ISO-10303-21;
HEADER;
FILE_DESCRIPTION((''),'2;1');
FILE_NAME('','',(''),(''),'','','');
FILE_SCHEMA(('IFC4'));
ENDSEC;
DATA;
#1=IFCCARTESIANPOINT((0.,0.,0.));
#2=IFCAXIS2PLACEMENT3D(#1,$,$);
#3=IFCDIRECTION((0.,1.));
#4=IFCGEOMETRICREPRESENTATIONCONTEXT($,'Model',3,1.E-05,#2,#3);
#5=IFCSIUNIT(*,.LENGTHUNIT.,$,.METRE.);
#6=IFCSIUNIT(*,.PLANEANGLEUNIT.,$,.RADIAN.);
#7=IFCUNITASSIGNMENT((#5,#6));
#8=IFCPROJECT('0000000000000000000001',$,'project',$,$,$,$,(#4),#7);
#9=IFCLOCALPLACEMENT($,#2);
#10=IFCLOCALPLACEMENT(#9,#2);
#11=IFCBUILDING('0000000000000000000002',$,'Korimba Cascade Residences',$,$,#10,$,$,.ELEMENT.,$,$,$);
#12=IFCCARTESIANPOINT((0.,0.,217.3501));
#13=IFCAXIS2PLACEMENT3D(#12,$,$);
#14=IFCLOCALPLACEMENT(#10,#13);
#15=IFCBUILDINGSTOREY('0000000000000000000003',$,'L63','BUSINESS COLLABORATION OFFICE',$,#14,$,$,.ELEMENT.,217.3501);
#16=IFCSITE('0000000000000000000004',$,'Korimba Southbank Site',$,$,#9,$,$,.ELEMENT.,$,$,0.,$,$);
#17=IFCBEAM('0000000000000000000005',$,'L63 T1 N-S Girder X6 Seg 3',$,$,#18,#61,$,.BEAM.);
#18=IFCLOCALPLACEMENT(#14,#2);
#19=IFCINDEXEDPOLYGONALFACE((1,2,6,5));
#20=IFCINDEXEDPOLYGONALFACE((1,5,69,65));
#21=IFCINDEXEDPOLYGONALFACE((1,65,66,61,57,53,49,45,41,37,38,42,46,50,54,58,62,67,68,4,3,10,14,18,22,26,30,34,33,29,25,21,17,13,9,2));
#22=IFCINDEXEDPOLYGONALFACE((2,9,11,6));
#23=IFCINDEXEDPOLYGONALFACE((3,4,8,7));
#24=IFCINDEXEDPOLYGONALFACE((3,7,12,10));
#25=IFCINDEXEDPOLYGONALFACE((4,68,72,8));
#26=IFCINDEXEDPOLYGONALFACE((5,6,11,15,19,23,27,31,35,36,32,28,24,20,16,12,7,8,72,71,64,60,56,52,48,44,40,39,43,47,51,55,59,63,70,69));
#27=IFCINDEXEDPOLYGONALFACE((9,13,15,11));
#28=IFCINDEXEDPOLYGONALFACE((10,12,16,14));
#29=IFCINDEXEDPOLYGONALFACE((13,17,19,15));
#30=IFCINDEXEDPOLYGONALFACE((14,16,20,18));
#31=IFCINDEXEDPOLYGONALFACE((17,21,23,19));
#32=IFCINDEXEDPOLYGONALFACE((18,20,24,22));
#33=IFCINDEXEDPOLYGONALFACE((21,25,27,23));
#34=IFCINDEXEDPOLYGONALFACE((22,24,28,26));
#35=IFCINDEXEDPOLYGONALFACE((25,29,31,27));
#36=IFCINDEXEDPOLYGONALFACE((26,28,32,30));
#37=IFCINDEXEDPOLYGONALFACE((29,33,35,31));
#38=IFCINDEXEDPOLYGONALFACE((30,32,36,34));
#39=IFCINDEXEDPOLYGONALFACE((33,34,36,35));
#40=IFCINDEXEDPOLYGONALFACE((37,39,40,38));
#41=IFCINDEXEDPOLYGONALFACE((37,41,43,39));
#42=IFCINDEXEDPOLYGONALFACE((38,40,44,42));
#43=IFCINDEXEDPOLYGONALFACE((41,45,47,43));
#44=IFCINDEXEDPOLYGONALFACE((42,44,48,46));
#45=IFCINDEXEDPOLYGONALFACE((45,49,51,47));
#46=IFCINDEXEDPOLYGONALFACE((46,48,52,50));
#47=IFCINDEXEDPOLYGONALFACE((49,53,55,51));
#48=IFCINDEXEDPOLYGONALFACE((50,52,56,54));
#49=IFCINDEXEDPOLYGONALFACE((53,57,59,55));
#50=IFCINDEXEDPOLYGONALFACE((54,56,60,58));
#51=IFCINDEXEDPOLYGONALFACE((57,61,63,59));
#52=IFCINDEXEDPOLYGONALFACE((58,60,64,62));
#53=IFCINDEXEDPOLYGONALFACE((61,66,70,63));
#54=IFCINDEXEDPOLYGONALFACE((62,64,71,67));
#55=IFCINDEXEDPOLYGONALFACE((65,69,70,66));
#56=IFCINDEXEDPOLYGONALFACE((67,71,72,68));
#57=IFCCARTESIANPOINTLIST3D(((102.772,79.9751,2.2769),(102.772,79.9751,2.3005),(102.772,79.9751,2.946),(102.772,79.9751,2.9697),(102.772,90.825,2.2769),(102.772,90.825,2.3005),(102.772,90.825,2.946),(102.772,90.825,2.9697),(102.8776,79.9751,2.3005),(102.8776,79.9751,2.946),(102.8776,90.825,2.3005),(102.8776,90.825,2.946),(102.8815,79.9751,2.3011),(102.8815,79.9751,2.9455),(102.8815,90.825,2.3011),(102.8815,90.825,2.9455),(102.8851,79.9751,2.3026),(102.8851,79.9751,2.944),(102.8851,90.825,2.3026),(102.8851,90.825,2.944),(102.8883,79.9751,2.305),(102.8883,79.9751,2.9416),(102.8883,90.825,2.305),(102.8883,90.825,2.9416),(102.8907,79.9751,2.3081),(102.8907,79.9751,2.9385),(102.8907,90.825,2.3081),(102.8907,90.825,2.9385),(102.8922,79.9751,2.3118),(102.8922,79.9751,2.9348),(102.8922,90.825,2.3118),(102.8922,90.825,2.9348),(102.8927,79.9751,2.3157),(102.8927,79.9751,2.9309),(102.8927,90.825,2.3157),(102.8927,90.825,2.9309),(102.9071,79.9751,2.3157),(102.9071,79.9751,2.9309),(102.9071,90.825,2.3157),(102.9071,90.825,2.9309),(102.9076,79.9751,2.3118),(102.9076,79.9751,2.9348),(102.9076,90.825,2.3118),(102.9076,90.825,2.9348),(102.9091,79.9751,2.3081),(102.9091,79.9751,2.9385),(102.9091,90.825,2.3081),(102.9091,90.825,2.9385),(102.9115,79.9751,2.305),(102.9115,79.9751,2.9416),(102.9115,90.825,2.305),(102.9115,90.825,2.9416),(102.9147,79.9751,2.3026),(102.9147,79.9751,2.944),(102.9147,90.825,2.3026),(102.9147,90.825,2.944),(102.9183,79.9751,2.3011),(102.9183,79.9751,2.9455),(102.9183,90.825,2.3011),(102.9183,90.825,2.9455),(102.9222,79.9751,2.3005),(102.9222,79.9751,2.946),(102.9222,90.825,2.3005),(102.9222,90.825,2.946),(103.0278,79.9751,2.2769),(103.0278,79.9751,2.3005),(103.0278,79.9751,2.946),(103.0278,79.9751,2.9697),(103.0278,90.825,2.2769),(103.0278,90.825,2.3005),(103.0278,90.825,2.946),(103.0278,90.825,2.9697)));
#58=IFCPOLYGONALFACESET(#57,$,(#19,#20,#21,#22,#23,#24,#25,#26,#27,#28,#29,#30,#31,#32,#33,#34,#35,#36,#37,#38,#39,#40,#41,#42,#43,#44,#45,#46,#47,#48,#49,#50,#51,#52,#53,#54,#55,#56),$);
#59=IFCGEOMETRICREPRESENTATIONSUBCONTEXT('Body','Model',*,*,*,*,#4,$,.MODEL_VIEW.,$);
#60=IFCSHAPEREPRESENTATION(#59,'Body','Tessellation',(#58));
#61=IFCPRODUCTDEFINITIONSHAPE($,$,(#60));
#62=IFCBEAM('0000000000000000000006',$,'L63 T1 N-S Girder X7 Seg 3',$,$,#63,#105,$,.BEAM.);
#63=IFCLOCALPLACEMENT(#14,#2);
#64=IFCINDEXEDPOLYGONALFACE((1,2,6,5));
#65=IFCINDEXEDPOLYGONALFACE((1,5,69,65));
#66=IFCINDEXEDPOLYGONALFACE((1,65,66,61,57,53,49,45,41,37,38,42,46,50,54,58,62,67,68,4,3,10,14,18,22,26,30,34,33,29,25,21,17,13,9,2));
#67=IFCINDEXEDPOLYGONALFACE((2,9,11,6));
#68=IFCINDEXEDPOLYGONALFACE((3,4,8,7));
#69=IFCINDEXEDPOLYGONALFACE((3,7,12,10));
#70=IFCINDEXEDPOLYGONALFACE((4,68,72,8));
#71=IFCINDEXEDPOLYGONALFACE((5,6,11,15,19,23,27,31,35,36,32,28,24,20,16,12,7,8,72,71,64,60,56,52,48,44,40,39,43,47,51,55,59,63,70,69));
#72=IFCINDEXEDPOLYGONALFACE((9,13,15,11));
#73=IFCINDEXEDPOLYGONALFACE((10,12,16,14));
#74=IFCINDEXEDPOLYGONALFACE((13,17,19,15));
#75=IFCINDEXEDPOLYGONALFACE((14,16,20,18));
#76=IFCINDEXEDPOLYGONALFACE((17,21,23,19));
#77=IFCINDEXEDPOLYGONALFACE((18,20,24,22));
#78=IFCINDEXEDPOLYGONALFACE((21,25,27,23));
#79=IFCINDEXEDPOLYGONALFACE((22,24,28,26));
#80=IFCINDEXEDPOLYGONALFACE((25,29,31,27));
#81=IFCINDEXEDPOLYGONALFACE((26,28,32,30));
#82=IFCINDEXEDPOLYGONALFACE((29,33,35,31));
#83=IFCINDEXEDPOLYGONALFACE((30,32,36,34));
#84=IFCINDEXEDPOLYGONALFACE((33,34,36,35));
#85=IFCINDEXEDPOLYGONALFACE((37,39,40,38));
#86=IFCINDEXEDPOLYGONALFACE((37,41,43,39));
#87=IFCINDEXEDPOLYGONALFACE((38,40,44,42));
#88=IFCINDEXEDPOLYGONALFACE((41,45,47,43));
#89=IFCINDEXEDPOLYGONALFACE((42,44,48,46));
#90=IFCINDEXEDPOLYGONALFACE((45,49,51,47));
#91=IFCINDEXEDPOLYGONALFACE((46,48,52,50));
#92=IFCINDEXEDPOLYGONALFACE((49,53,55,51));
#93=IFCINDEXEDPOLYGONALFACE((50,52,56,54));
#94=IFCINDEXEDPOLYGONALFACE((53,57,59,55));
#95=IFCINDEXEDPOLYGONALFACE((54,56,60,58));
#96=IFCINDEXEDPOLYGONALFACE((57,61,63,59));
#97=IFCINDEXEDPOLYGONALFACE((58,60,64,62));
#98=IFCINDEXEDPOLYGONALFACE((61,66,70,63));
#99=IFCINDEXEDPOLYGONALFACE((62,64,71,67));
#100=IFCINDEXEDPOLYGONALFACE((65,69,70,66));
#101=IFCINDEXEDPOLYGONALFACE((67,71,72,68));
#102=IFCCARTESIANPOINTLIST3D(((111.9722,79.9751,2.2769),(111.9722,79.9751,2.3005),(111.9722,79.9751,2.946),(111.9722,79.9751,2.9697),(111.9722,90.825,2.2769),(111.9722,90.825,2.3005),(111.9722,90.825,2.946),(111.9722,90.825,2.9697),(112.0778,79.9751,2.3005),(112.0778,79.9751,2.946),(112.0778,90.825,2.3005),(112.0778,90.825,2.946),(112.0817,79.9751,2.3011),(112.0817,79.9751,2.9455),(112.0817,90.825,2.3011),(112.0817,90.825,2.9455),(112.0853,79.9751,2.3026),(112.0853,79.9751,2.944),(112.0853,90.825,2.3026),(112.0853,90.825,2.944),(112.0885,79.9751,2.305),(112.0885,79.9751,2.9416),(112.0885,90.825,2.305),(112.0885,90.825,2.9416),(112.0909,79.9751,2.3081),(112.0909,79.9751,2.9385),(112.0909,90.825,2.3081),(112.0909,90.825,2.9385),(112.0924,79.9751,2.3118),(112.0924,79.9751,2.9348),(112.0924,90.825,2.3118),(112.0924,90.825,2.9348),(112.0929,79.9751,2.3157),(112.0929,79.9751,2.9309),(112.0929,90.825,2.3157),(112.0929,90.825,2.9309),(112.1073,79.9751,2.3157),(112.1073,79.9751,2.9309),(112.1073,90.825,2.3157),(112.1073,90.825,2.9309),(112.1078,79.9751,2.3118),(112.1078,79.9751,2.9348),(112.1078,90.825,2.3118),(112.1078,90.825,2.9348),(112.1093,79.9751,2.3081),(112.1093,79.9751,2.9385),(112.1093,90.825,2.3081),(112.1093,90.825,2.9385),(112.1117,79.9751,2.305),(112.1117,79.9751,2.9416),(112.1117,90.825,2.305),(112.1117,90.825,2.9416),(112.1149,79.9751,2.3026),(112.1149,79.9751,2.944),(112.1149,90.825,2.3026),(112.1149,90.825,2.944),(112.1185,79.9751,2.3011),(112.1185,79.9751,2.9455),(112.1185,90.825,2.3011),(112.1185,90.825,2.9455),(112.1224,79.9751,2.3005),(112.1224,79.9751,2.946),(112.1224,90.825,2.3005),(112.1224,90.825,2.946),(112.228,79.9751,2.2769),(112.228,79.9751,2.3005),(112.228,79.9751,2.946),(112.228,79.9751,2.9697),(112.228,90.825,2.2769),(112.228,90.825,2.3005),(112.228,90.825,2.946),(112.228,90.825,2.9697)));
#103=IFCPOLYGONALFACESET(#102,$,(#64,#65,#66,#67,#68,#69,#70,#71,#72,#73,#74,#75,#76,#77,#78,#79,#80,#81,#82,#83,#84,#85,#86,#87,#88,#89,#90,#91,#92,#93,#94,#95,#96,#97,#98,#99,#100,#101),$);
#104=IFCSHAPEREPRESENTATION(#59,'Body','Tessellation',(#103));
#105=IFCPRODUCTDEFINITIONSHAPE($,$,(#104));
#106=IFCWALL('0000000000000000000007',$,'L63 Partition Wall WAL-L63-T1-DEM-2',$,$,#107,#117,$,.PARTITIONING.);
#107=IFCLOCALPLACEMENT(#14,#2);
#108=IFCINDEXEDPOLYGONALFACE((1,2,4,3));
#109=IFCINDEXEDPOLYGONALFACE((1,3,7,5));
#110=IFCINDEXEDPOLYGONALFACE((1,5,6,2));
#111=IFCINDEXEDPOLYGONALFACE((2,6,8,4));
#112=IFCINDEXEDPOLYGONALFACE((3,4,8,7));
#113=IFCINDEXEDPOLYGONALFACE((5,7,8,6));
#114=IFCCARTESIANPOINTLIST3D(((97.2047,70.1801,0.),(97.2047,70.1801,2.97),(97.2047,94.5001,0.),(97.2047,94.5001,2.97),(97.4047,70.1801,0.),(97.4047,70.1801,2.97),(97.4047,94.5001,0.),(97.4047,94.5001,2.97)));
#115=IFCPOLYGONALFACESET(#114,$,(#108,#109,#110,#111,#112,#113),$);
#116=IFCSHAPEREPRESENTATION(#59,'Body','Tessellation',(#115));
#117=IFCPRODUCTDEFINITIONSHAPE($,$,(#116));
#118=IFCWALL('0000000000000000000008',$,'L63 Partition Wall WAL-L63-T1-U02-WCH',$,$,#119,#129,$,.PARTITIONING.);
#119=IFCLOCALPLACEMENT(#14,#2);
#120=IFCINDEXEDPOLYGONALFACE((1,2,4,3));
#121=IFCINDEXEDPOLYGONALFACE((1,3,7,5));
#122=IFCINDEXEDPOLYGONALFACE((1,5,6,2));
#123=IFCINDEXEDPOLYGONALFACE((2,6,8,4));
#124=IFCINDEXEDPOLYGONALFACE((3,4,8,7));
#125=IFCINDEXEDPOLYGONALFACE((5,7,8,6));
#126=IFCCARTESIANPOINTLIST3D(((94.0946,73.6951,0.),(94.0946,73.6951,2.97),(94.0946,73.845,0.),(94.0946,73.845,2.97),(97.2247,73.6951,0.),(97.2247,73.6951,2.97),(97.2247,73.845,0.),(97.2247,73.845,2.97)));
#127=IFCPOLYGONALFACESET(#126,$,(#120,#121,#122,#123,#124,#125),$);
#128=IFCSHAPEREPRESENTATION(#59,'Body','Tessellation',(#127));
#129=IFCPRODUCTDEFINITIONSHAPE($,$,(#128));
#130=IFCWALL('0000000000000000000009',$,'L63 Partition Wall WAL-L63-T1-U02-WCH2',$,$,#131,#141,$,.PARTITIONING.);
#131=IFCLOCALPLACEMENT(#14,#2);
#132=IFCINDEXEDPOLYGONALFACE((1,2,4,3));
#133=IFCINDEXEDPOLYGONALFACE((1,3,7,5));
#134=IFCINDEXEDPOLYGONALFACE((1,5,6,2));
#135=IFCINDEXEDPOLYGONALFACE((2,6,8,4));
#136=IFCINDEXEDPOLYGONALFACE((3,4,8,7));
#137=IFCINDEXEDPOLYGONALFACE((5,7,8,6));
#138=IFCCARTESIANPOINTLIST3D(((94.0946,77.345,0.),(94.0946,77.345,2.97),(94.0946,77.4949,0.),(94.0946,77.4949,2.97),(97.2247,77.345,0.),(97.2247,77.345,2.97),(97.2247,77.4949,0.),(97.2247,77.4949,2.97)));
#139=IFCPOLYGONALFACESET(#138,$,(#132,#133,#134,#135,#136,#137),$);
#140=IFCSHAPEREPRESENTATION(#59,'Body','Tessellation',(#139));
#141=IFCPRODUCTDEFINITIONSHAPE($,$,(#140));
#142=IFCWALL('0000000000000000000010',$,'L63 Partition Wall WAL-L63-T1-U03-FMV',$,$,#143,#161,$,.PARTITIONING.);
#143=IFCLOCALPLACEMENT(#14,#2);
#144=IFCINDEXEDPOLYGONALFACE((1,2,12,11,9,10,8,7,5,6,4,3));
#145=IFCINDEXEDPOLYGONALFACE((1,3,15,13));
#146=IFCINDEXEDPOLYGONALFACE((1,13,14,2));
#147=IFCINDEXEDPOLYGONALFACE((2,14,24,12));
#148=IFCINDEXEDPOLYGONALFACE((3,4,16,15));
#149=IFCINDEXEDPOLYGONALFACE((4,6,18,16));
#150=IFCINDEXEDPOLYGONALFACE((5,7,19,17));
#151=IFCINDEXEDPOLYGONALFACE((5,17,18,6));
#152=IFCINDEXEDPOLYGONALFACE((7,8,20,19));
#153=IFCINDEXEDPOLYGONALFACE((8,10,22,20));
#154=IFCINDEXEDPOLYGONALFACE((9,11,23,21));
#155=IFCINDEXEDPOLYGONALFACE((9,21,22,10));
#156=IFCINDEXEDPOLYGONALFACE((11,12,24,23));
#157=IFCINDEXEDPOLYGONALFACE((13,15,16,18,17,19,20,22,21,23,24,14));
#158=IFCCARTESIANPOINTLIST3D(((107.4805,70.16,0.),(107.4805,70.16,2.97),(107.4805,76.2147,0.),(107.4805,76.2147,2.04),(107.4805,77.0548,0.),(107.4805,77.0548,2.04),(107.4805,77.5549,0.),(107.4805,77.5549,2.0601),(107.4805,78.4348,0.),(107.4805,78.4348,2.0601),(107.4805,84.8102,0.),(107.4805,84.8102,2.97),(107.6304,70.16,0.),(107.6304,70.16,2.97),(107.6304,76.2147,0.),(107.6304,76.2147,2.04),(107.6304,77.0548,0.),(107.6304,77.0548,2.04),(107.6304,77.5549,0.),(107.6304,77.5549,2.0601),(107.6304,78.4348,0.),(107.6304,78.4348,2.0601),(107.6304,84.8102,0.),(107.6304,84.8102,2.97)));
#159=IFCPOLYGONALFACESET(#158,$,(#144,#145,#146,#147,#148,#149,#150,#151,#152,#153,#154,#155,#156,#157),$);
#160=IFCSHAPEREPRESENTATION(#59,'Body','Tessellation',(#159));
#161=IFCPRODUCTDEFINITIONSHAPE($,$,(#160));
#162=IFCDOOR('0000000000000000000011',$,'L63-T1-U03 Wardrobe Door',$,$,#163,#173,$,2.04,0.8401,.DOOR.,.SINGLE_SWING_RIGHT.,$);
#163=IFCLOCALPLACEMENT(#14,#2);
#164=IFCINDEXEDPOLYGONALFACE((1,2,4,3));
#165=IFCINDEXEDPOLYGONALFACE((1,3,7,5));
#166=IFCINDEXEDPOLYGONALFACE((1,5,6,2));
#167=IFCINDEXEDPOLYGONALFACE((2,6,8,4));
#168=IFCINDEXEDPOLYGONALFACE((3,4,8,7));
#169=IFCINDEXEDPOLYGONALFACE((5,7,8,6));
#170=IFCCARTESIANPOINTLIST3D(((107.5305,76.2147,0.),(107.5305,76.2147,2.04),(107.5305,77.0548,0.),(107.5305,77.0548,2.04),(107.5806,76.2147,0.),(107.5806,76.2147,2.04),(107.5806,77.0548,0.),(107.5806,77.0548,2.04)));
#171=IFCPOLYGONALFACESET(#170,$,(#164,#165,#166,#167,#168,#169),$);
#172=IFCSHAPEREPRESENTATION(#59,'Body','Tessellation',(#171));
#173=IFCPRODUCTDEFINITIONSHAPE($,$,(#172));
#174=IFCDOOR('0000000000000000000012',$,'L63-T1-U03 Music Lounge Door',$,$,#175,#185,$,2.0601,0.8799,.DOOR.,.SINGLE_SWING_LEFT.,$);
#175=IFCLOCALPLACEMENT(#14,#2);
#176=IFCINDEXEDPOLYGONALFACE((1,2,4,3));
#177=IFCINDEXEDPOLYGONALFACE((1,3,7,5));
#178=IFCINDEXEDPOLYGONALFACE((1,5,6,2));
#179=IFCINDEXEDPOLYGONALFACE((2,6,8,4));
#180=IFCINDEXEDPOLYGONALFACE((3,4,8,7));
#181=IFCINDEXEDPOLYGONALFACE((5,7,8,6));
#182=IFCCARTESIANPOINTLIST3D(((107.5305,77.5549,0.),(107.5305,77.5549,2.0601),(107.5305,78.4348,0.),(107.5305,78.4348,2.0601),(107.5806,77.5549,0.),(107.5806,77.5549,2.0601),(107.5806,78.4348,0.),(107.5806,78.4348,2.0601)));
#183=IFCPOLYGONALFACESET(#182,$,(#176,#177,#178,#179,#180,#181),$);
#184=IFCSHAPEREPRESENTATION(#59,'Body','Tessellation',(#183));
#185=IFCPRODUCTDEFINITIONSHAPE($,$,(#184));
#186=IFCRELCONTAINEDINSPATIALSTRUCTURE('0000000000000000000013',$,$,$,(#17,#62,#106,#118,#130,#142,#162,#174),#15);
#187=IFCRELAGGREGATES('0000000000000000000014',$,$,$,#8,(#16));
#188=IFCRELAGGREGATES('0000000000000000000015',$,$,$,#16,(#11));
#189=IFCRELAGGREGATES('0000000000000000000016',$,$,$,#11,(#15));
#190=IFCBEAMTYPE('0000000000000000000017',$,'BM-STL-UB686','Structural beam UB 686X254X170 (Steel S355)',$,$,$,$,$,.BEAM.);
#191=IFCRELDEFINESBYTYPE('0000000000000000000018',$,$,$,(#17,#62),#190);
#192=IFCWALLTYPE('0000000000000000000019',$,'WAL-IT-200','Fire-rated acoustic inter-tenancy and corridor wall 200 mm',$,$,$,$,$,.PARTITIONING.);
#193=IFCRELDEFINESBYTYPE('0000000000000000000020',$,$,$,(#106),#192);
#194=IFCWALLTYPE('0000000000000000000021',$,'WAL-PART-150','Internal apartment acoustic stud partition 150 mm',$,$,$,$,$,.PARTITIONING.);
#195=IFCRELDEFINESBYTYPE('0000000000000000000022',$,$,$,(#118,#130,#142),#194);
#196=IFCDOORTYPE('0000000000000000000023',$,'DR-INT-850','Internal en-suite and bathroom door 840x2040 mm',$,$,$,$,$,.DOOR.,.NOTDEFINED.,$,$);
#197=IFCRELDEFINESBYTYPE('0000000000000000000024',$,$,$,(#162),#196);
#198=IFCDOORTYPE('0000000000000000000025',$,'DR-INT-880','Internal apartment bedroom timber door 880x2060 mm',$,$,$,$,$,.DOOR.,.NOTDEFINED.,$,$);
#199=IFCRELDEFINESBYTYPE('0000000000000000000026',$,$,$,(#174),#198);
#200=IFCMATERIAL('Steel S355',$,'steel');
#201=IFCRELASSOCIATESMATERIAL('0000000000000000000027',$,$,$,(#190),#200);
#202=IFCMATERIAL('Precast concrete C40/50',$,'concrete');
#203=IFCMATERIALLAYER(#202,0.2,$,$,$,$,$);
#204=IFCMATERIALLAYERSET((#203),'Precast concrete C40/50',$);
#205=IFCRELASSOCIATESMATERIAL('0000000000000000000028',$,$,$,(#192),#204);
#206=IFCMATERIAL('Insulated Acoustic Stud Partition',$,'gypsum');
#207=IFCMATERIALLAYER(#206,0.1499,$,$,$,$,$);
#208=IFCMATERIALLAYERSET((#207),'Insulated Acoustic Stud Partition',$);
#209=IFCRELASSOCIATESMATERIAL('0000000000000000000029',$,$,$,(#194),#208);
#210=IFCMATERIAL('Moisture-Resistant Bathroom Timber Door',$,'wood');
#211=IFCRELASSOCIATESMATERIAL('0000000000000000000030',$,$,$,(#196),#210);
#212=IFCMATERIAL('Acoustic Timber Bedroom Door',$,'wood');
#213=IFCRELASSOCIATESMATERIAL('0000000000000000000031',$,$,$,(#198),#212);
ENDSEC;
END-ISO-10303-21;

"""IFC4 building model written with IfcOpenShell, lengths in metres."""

from ifc_helpers import new_model, si_unit, direction, frame, frame_2d, origin, origin_2d, place, context, subcontext, project, spatial, rectangle, i_section, extrude, material, layer, layer_set, material_profile, profile_set, type_object, element, fill, save


model = new_model("IFC4")

# Units and contexts
model_context = context("Model", 3, precision=1e-05, world=origin(), true_north=direction((0.0, 1.0)))
body_context = subcontext(model_context, "Body", "Model", "MODEL_VIEW")
ifc_project = project(units=[si_unit("LENGTHUNIT", "METRE"), si_unit("PLANEANGLEUNIT", "RADIAN")], contexts=[model_context])

# Site, building, storey
site_placement = place(None, origin())
site = spatial("IfcSite", under=ifc_project, at=site_placement, Name="Korimba Southbank Site", CompositionType="ELEMENT", RefElevation=0.0)
building_placement = place(site_placement, origin())
building = spatial("IfcBuilding", under=site, at=building_placement, Name="Korimba Cascade Residences", CompositionType="ELEMENT")
storey_placement = place(building_placement, frame((0.0, 0.0, 217.3501)))
storey = spatial("IfcBuildingStorey", under=building, at=storey_placement, Name="L63", Description="BUSINESS COLLABORATION OFFICE", CompositionType="ELEMENT", Elevation=217.3501)

# Beams
ifc_material_1 = material(Name="Steel S355", Category="steel")
ifc_material_profile_1 = material_profile(ifc_material_1, i_section(OverallWidth=0.2559, OverallDepth=0.6929, WebThickness=0.0144, FlangeThickness=0.0237, FilletRadius=0.0151, at=origin_2d()), Name="Steel S355")
ifc_profile_set_1 = profile_set([ifc_material_profile_1], Name="Steel S355")
beam_type_1 = type_object("IfcBeamType", Name="BM-STL-UB686", Description="Structural beam UB 686X254X170 (Steel S355)", PredefinedType="BEAM", material=ifc_profile_set_1)
for number, where, z_axis, x_axis, name in (
    (1, (102.8999, 79.9751, 2.6233), (0.0, 1.0, 0.0), (-1.0, 0.0, 0.0), "L63 T1 N-S Girder X6 Seg 3"),
    (2, (112.1001, 79.9751, 2.6233), (0.0, 1.0, 0.0), (-1.0, 0.0, 0.0), "L63 T1 N-S Girder X7 Seg 3"),
):
    element("IfcBeam", number, at=place(storey_placement, frame(where, z_axis=z_axis, x_axis=x_axis)), inside=storey, type_object=beam_type_1, Name=name, PredefinedType="BEAM", context=body_context, shape_type="SweptSolid", body=[
        extrude(i_section(OverallWidth=0.2559, OverallDepth=0.6929, WebThickness=0.0144, FlangeThickness=0.0237, FilletRadius=0.0151, at=origin_2d()), origin(), (0.0, 0.0, 1.0), 10.8499),
    ])

# Walls
ifc_material_2 = material(Name="Precast concrete C40/50", Category="concrete")
ifc_layer_1 = layer(ifc_material_2, 0.2)
ifc_layer_set_1 = layer_set([ifc_layer_1], Name="Precast concrete C40/50")
wall_type_1 = type_object("IfcWallType", Name="WAL-IT-200", Description="Fire-rated acoustic inter-tenancy and corridor wall 200 mm", PredefinedType="PARTITIONING", material=ifc_layer_set_1)
wall_1_placement = place(storey_placement, frame((97.3047, 70.1799, 0.0), z_axis=(0.0, 0.0, 1.0), x_axis=(0.0, 1.0, 0.0)))
element("IfcWall", 3, at=wall_1_placement, inside=storey, type_object=wall_type_1, Name="L63 Partition Wall WAL-L63-T1-DEM-2", PredefinedType="PARTITIONING", context=body_context, shape_type="SweptSolid", body=[
    extrude(rectangle(XDim=24.3201, YDim=0.2, at=frame_2d((12.1602, 0.0))), origin(), (0.0, 0.0, 1.0), 2.97),
])
ifc_material_3 = material(Name="Insulated Acoustic Stud Partition", Category="gypsum")
ifc_layer_2 = layer(ifc_material_3, 0.1499)
ifc_layer_set_2 = layer_set([ifc_layer_2], Name="Insulated Acoustic Stud Partition")
wall_type_2 = type_object("IfcWallType", Name="WAL-PART-150", Description="Internal apartment acoustic stud partition 150 mm", PredefinedType="PARTITIONING", material=ifc_layer_set_2)
for number, where, z_axis, x_axis, name in (
    (4, (94.0947, 73.77, 0.0), (0.0, 0.0, 1.0), (1.0, 0.0, 0.0), "L63 Partition Wall WAL-L63-T1-U02-WCH"),
    (5, (94.0947, 77.4199, 0.0), (0.0, 0.0, 1.0), (1.0, 0.0, 0.0), "L63 Partition Wall WAL-L63-T1-U02-WCH2"),
):
    element("IfcWall", number, at=place(storey_placement, frame(where, z_axis=z_axis, x_axis=x_axis)), inside=storey, type_object=wall_type_2, Name=name, PredefinedType="PARTITIONING", context=body_context, shape_type="SweptSolid", body=[
        extrude(rectangle(XDim=3.1301, YDim=0.1499, at=frame_2d((1.5649, 0.0))), origin(), (0.0, 0.0, 1.0), 2.97),
    ])

# Wall, openings, doors
wall_2_placement = place(storey_placement, frame((107.5554, 70.1599, 0.0), z_axis=(0.0, 0.0, 1.0), x_axis=(0.0, 1.0, 0.0)))
wall_2 = element("IfcWall", 6, at=wall_2_placement, inside=storey, type_object=wall_type_2, Name="L63 Partition Wall WAL-L63-T1-U03-FMV", PredefinedType="PARTITIONING", context=body_context, shape_type="SweptSolid", body=[
    extrude(rectangle(XDim=14.6501, YDim=0.1499, at=frame_2d((7.3252, 0.0))), origin(), (0.0, 0.0, 1.0), 2.97),
])
opening_1_placement = place(wall_2_placement, frame((6.0549, 0.0, 0.0)))
opening_1 = element("IfcOpeningElement", 7, at=opening_1_placement, cuts=wall_2, PredefinedType="OPENING", context=body_context, shape_type="SweptSolid", body=[
    extrude(rectangle(XDim=0.8401, YDim=2.04, at=frame_2d((0.4199, 1.02))), frame((0.0, 0.085, 0.0), z_axis=(0.0, -1.0, 0.0), x_axis=(1.0, 0.0, 0.0)), (0.0, 0.0, 1.0), 0.1699),
])
opening_2_placement = place(wall_2_placement, frame((7.395, 0.0, 0.0)))
opening_2 = element("IfcOpeningElement", 8, at=opening_2_placement, cuts=wall_2, PredefinedType="OPENING", context=body_context, shape_type="SweptSolid", body=[
    extrude(rectangle(XDim=0.8799, YDim=2.0601, at=frame_2d((0.4399, 1.03))), frame((0.0, 0.085, 0.0), z_axis=(0.0, -1.0, 0.0), x_axis=(1.0, 0.0, 0.0)), (0.0, 0.0, 1.0), 0.1699),
])
ifc_material_4 = material(Name="Moisture-Resistant Bathroom Timber Door", Category="wood")
door_type_1 = type_object("IfcDoorType", Name="DR-INT-850", Description="Internal en-suite and bathroom door 840x2040 mm", OperationType="NOTDEFINED", PredefinedType="DOOR", material=ifc_material_4)
door_1_placement = place(opening_1_placement, origin())
door_1 = element("IfcDoor", 9, at=door_1_placement, inside=storey, type_object=door_type_1, Name="L63-T1-U03 Wardrobe Door", OperationType="SINGLE_SWING_RIGHT", OverallHeight=2.04, OverallWidth=0.8401, PredefinedType="DOOR", context=body_context, shape_type="SweptSolid", body=[
    extrude(rectangle(XDim=0.8401, YDim=2.04, at=frame_2d((0.4199, 1.02))), frame((0.0, 0.0249, 0.0), z_axis=(0.0, -1.0, 0.0), x_axis=(1.0, 0.0, 0.0)), (0.0, 0.0, 1.0), 0.05),
])
fill(opening_1, door_1)
ifc_material_5 = material(Name="Acoustic Timber Bedroom Door", Category="wood")
door_type_2 = type_object("IfcDoorType", Name="DR-INT-880", Description="Internal apartment bedroom timber door 880x2060 mm", OperationType="NOTDEFINED", PredefinedType="DOOR", material=ifc_material_5)
door_2_placement = place(opening_2_placement, origin())
door_2 = element("IfcDoor", 10, at=door_2_placement, inside=storey, type_object=door_type_2, Name="L63-T1-U03 Music Lounge Door", OperationType="SINGLE_SWING_LEFT", OverallHeight=2.0601, OverallWidth=0.8799, PredefinedType="DOOR", context=body_context, shape_type="SweptSolid", body=[
    extrude(rectangle(XDim=0.8799, YDim=2.0601, at=frame_2d((0.4399, 1.03))), frame((0.0, 0.0249, 0.0), z_axis=(0.0, -1.0, 0.0), x_axis=(1.0, 0.0, 0.0)), (0.0, 0.0, 1.0), 0.05),
])
fill(opening_2, door_2)

save(model, "model.ifc")
